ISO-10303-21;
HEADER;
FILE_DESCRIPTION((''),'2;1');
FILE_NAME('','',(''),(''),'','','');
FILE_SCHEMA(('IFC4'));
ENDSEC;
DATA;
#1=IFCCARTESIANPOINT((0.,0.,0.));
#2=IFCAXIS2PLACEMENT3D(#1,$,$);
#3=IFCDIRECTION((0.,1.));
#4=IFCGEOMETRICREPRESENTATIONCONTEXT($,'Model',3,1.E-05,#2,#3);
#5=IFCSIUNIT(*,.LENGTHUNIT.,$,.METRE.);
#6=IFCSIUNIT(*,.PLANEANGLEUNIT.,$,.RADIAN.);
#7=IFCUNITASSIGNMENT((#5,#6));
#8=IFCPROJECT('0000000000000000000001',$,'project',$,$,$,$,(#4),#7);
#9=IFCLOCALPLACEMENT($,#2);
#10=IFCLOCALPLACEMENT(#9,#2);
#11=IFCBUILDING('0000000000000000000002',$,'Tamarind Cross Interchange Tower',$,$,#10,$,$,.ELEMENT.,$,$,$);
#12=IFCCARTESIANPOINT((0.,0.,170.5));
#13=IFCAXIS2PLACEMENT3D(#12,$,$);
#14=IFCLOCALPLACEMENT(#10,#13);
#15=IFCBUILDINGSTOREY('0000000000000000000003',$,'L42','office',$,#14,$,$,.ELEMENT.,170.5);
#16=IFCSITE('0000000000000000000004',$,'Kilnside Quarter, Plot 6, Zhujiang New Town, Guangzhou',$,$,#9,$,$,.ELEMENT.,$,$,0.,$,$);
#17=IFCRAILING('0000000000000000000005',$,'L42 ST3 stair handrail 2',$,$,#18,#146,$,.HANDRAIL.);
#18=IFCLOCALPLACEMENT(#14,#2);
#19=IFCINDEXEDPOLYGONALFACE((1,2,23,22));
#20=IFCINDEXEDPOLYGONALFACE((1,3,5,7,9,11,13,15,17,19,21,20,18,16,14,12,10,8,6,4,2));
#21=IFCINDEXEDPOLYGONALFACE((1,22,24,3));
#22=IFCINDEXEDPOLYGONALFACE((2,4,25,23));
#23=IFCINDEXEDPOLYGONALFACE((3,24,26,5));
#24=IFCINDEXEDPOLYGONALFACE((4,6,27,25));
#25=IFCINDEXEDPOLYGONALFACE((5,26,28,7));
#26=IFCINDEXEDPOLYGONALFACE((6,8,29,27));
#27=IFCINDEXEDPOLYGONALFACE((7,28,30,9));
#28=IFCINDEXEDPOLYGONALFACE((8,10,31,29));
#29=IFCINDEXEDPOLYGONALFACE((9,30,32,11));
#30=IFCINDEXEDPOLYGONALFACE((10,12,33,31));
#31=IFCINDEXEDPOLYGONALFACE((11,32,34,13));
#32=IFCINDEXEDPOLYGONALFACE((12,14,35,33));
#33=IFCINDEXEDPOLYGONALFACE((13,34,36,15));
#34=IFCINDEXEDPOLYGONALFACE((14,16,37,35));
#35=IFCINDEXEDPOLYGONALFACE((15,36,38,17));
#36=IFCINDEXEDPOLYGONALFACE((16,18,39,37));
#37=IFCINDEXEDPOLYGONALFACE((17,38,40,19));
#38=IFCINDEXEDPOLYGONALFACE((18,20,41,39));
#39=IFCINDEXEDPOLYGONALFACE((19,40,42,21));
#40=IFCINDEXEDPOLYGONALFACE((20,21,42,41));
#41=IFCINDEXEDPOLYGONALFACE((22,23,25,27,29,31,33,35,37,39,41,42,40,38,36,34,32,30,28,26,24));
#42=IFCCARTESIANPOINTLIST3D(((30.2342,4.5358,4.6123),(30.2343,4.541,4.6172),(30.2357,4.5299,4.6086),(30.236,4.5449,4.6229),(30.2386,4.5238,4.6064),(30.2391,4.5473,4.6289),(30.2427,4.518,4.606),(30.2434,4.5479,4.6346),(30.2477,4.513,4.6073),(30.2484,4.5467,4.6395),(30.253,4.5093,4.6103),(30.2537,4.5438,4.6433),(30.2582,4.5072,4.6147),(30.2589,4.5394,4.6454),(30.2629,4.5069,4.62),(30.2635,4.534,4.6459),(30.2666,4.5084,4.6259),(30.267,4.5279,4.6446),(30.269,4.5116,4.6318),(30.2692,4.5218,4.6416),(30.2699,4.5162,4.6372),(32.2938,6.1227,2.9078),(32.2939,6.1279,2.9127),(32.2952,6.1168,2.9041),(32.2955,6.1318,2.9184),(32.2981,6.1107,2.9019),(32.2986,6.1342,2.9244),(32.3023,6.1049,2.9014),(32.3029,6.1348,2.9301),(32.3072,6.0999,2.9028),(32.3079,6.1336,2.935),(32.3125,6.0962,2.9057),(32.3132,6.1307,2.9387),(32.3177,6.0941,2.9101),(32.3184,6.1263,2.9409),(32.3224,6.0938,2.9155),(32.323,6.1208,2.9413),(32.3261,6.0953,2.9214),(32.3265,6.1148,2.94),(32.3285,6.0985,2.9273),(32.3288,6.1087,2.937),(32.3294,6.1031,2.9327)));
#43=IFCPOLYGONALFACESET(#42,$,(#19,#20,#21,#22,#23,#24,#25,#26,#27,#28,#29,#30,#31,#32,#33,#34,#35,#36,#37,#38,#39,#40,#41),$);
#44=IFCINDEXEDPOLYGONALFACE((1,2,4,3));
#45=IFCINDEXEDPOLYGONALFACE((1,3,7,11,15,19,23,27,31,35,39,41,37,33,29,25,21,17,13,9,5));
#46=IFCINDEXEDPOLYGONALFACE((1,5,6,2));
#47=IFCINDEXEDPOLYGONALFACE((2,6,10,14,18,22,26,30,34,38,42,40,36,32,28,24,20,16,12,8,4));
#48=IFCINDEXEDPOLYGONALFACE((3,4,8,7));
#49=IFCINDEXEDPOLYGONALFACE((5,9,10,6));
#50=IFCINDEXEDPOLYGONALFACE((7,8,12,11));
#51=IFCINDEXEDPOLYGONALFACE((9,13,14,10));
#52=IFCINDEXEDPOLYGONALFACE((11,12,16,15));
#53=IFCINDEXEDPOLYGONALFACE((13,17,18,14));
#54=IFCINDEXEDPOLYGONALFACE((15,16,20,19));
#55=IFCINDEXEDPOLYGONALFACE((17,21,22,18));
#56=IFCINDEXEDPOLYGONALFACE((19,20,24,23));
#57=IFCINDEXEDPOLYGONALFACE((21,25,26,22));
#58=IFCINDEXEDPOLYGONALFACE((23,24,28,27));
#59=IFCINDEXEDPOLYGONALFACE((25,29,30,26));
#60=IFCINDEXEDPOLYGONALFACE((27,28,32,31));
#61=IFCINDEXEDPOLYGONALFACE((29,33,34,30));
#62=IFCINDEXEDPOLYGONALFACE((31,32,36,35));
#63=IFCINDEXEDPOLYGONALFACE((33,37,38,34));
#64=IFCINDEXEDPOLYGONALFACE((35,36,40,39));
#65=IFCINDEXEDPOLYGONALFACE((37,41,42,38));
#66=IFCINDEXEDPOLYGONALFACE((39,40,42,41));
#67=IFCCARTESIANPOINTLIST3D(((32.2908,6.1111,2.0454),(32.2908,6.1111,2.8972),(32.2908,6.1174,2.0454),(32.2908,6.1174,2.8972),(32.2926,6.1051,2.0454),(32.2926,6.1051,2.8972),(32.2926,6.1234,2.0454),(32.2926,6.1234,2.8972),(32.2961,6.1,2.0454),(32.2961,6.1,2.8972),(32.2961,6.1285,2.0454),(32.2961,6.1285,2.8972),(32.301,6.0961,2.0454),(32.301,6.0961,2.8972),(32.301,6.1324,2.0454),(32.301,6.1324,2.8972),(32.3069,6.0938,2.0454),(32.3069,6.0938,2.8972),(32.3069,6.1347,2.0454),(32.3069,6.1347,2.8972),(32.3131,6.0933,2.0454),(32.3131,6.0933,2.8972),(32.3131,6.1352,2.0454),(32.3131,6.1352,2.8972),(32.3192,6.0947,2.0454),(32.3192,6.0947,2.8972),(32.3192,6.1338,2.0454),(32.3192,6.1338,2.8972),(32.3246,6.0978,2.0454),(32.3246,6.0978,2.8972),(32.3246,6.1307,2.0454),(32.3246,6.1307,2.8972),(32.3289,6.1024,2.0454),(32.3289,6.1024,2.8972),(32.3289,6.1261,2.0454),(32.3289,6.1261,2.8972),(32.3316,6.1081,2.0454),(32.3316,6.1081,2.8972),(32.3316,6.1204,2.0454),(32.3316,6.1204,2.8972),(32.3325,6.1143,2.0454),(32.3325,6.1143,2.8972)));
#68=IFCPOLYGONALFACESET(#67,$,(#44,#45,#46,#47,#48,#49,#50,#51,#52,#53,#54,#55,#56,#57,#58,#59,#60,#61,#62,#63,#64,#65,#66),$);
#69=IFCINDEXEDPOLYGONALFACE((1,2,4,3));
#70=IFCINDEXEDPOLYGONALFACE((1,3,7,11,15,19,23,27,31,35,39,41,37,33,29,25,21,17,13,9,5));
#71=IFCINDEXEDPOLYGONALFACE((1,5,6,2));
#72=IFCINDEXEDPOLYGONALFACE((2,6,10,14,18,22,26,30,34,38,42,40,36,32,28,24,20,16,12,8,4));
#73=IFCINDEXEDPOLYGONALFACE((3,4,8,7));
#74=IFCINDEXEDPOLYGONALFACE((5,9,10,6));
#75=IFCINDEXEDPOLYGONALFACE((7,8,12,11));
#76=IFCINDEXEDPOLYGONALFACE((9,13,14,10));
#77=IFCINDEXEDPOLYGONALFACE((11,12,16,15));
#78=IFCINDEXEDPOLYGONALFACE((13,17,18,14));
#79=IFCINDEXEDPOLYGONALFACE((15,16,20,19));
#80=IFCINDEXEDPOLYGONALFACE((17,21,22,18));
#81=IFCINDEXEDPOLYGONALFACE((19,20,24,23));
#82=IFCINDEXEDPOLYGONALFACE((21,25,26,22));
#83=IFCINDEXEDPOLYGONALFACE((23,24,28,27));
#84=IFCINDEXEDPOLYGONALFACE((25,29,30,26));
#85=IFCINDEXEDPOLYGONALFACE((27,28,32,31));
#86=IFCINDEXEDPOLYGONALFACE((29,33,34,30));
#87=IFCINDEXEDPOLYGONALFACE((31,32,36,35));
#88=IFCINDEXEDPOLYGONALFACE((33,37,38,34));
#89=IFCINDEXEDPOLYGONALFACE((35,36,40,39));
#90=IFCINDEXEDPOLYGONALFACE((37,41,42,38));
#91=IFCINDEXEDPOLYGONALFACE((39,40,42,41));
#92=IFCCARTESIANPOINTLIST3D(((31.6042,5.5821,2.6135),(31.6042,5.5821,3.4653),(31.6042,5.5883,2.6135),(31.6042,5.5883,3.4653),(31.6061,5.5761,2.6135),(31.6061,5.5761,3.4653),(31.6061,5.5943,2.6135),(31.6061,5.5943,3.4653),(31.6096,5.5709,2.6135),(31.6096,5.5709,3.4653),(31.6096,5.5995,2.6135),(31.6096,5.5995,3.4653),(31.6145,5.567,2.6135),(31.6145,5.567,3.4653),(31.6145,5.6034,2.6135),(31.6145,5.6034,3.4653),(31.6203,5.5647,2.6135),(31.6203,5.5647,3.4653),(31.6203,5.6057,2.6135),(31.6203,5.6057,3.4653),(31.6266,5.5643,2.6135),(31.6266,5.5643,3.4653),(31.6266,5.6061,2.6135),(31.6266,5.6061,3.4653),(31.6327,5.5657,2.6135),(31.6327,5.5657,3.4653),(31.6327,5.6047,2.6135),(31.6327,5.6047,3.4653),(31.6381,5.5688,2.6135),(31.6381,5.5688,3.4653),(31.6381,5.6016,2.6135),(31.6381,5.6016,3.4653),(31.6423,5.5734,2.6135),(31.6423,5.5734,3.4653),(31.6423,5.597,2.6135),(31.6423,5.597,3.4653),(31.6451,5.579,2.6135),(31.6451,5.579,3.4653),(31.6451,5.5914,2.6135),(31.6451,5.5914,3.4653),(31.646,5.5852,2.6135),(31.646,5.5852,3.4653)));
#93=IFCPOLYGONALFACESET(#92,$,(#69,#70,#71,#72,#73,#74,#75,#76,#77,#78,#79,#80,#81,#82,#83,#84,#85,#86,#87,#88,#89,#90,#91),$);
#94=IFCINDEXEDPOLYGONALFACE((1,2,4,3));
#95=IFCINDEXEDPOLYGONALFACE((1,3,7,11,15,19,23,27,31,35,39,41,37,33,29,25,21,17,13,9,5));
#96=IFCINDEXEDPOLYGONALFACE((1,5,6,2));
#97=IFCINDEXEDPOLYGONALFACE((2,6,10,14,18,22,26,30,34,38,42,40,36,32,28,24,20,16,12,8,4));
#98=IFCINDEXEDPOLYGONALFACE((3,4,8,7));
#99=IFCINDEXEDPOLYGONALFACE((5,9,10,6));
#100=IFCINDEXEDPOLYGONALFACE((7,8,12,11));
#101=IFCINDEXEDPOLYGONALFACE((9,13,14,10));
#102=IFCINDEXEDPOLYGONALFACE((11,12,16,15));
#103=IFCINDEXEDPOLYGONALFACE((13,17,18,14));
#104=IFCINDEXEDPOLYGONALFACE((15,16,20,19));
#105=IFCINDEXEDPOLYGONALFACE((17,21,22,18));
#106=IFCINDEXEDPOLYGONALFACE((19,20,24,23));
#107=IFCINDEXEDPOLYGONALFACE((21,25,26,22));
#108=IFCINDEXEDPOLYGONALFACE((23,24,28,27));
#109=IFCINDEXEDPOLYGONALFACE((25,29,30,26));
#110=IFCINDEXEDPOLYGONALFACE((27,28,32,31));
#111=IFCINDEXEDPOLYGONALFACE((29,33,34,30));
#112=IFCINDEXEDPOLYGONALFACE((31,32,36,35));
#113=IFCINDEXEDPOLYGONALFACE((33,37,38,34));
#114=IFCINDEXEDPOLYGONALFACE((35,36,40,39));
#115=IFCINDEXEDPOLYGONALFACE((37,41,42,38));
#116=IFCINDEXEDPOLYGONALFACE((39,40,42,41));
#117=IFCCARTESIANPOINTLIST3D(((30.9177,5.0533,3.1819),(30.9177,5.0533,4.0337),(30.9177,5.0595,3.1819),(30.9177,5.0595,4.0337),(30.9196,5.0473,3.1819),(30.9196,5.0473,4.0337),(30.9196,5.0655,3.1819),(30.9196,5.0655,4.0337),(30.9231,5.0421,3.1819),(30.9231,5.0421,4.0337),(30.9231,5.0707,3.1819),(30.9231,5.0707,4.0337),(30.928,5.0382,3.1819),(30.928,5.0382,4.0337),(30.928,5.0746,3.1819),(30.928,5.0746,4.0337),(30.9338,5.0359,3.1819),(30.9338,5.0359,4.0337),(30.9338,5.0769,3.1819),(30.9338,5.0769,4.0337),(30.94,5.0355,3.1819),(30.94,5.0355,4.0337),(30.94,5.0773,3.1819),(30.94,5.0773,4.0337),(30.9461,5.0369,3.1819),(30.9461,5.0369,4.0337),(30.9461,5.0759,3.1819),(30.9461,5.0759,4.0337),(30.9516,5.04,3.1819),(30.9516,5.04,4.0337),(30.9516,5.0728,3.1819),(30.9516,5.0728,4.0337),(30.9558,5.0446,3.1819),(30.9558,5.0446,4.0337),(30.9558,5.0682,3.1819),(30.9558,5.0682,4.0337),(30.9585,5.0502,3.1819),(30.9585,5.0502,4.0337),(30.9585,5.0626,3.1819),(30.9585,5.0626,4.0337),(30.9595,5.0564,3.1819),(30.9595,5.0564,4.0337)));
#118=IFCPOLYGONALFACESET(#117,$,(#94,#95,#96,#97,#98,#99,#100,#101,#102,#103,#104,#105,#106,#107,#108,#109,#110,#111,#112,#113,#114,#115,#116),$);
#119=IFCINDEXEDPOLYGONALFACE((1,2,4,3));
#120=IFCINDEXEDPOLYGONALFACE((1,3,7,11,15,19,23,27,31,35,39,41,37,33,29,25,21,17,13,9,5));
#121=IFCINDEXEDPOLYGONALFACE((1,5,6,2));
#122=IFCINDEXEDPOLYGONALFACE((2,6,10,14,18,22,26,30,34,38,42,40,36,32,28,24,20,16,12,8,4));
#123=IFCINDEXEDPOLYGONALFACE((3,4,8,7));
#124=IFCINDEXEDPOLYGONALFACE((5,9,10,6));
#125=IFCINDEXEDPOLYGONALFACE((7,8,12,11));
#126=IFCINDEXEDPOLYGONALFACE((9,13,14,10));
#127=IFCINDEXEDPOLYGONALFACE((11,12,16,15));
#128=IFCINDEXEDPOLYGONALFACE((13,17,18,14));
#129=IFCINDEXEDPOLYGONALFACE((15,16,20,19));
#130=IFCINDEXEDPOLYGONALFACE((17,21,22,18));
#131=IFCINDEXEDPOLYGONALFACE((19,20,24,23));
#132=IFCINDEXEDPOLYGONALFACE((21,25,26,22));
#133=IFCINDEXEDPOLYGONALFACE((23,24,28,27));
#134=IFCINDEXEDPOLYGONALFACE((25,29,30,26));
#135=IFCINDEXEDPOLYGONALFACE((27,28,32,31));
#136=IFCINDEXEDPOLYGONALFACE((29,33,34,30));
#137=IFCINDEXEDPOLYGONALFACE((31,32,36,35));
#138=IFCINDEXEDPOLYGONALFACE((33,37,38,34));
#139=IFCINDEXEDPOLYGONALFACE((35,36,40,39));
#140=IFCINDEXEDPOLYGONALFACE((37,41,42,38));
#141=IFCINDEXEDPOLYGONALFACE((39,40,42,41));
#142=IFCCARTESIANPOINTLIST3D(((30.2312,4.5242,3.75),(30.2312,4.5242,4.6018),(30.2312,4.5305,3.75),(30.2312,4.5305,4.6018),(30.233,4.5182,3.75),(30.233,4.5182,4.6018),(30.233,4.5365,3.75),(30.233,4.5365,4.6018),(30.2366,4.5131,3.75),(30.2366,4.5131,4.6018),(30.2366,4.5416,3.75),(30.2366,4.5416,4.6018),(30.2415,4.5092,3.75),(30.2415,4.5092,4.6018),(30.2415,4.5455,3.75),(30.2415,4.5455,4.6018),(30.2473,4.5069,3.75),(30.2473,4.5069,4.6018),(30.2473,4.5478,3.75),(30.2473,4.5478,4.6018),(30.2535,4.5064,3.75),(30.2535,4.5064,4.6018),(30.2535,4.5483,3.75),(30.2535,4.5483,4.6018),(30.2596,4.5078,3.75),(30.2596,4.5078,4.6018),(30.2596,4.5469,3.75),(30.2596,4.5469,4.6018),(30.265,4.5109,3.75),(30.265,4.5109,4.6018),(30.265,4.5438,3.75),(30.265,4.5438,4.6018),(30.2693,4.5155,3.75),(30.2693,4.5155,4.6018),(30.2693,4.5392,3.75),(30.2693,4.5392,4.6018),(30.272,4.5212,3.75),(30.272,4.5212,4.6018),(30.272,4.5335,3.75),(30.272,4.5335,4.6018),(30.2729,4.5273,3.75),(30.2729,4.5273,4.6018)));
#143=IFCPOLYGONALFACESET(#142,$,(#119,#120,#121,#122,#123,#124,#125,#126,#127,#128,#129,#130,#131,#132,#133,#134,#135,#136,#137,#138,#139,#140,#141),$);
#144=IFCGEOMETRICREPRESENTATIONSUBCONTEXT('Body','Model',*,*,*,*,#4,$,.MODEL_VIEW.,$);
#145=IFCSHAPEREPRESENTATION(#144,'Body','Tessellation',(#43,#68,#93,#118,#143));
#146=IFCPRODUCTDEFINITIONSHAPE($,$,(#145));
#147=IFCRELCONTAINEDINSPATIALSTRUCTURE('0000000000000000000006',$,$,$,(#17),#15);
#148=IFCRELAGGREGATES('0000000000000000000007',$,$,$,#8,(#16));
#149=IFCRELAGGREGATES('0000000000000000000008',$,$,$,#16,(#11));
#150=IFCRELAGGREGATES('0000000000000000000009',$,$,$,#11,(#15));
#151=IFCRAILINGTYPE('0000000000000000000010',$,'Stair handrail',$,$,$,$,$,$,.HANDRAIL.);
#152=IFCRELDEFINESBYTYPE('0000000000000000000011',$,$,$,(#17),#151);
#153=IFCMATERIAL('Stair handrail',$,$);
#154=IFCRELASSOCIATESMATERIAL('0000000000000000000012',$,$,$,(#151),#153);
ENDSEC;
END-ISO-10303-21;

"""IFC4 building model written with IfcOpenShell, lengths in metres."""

from ifc_helpers import new_model, si_unit, direction, frame, origin, origin_2d, place, context, subcontext, project, spatial, circle, extrude, material, type_object, element, save


model = new_model("IFC4")

# Units and contexts
model_context = context("Model", 3, precision=1e-05, world=origin(), true_north=direction((0.0, 1.0)))
body_context = subcontext(model_context, "Body", "Model", "MODEL_VIEW")
ifc_project = project(units=[si_unit("LENGTHUNIT", "METRE"), si_unit("PLANEANGLEUNIT", "RADIAN")], contexts=[model_context])

# Site, building, storey
site_placement = place(None, origin())
site = spatial("IfcSite", under=ifc_project, at=site_placement, Name="Kilnside Quarter, Plot 6, Zhujiang New Town, Guangzhou", CompositionType="ELEMENT", RefElevation=0.0)
building_placement = place(site_placement, origin())
building = spatial("IfcBuilding", under=site, at=building_placement, Name="Tamarind Cross Interchange Tower", CompositionType="ELEMENT")
storey_placement = place(building_placement, frame((0.0, 0.0, 170.5)))
storey = spatial("IfcBuildingStorey", under=building, at=storey_placement, Name="L42", Description="office", CompositionType="ELEMENT", Elevation=170.5)

# Railing
ifc_material_1 = material(Name="Stair handrail")
railing_type_1 = type_object("IfcRailingType", Name="Stair handrail", PredefinedType="HANDRAIL", material=ifc_material_1)
railing_1_placement = place(storey_placement, frame((32.3115, 6.1143, 2.0454)))
element("IfcRailing", 1, at=railing_1_placement, inside=storey, type_object=railing_type_1, Name="L42 ST3 stair handrail 2", PredefinedType="HANDRAIL", context=body_context, shape_type="SweptSolid", body=[
    extrude(circle(Radius=0.0239, at=origin_2d()), frame((0.0, 0.0, 0.876), z_axis=(-0.662459, -0.510429, 0.54828), x_axis=(0.610346, -0.792135, 0.0)), (0.0, 0.0, 1.0), 3.1089),
    extrude(circle(Radius=0.021, at=origin_2d()), origin(), (0.0, 0.0, 1.0), 0.8518),
    extrude(circle(Radius=0.021, at=origin_2d()), frame((-0.6865, -0.5291, 0.5681)), (0.0, 0.0, 1.0), 0.8518),
    extrude(circle(Radius=0.021, at=origin_2d()), frame((-1.373, -1.0579, 1.1365)), (0.0, 0.0, 1.0), 0.8518),
    extrude(circle(Radius=0.021, at=origin_2d()), frame((-2.0596, -1.5869, 1.7046)), (0.0, 0.0, 1.0), 0.8518),
])

save(model, "model.ifc")
